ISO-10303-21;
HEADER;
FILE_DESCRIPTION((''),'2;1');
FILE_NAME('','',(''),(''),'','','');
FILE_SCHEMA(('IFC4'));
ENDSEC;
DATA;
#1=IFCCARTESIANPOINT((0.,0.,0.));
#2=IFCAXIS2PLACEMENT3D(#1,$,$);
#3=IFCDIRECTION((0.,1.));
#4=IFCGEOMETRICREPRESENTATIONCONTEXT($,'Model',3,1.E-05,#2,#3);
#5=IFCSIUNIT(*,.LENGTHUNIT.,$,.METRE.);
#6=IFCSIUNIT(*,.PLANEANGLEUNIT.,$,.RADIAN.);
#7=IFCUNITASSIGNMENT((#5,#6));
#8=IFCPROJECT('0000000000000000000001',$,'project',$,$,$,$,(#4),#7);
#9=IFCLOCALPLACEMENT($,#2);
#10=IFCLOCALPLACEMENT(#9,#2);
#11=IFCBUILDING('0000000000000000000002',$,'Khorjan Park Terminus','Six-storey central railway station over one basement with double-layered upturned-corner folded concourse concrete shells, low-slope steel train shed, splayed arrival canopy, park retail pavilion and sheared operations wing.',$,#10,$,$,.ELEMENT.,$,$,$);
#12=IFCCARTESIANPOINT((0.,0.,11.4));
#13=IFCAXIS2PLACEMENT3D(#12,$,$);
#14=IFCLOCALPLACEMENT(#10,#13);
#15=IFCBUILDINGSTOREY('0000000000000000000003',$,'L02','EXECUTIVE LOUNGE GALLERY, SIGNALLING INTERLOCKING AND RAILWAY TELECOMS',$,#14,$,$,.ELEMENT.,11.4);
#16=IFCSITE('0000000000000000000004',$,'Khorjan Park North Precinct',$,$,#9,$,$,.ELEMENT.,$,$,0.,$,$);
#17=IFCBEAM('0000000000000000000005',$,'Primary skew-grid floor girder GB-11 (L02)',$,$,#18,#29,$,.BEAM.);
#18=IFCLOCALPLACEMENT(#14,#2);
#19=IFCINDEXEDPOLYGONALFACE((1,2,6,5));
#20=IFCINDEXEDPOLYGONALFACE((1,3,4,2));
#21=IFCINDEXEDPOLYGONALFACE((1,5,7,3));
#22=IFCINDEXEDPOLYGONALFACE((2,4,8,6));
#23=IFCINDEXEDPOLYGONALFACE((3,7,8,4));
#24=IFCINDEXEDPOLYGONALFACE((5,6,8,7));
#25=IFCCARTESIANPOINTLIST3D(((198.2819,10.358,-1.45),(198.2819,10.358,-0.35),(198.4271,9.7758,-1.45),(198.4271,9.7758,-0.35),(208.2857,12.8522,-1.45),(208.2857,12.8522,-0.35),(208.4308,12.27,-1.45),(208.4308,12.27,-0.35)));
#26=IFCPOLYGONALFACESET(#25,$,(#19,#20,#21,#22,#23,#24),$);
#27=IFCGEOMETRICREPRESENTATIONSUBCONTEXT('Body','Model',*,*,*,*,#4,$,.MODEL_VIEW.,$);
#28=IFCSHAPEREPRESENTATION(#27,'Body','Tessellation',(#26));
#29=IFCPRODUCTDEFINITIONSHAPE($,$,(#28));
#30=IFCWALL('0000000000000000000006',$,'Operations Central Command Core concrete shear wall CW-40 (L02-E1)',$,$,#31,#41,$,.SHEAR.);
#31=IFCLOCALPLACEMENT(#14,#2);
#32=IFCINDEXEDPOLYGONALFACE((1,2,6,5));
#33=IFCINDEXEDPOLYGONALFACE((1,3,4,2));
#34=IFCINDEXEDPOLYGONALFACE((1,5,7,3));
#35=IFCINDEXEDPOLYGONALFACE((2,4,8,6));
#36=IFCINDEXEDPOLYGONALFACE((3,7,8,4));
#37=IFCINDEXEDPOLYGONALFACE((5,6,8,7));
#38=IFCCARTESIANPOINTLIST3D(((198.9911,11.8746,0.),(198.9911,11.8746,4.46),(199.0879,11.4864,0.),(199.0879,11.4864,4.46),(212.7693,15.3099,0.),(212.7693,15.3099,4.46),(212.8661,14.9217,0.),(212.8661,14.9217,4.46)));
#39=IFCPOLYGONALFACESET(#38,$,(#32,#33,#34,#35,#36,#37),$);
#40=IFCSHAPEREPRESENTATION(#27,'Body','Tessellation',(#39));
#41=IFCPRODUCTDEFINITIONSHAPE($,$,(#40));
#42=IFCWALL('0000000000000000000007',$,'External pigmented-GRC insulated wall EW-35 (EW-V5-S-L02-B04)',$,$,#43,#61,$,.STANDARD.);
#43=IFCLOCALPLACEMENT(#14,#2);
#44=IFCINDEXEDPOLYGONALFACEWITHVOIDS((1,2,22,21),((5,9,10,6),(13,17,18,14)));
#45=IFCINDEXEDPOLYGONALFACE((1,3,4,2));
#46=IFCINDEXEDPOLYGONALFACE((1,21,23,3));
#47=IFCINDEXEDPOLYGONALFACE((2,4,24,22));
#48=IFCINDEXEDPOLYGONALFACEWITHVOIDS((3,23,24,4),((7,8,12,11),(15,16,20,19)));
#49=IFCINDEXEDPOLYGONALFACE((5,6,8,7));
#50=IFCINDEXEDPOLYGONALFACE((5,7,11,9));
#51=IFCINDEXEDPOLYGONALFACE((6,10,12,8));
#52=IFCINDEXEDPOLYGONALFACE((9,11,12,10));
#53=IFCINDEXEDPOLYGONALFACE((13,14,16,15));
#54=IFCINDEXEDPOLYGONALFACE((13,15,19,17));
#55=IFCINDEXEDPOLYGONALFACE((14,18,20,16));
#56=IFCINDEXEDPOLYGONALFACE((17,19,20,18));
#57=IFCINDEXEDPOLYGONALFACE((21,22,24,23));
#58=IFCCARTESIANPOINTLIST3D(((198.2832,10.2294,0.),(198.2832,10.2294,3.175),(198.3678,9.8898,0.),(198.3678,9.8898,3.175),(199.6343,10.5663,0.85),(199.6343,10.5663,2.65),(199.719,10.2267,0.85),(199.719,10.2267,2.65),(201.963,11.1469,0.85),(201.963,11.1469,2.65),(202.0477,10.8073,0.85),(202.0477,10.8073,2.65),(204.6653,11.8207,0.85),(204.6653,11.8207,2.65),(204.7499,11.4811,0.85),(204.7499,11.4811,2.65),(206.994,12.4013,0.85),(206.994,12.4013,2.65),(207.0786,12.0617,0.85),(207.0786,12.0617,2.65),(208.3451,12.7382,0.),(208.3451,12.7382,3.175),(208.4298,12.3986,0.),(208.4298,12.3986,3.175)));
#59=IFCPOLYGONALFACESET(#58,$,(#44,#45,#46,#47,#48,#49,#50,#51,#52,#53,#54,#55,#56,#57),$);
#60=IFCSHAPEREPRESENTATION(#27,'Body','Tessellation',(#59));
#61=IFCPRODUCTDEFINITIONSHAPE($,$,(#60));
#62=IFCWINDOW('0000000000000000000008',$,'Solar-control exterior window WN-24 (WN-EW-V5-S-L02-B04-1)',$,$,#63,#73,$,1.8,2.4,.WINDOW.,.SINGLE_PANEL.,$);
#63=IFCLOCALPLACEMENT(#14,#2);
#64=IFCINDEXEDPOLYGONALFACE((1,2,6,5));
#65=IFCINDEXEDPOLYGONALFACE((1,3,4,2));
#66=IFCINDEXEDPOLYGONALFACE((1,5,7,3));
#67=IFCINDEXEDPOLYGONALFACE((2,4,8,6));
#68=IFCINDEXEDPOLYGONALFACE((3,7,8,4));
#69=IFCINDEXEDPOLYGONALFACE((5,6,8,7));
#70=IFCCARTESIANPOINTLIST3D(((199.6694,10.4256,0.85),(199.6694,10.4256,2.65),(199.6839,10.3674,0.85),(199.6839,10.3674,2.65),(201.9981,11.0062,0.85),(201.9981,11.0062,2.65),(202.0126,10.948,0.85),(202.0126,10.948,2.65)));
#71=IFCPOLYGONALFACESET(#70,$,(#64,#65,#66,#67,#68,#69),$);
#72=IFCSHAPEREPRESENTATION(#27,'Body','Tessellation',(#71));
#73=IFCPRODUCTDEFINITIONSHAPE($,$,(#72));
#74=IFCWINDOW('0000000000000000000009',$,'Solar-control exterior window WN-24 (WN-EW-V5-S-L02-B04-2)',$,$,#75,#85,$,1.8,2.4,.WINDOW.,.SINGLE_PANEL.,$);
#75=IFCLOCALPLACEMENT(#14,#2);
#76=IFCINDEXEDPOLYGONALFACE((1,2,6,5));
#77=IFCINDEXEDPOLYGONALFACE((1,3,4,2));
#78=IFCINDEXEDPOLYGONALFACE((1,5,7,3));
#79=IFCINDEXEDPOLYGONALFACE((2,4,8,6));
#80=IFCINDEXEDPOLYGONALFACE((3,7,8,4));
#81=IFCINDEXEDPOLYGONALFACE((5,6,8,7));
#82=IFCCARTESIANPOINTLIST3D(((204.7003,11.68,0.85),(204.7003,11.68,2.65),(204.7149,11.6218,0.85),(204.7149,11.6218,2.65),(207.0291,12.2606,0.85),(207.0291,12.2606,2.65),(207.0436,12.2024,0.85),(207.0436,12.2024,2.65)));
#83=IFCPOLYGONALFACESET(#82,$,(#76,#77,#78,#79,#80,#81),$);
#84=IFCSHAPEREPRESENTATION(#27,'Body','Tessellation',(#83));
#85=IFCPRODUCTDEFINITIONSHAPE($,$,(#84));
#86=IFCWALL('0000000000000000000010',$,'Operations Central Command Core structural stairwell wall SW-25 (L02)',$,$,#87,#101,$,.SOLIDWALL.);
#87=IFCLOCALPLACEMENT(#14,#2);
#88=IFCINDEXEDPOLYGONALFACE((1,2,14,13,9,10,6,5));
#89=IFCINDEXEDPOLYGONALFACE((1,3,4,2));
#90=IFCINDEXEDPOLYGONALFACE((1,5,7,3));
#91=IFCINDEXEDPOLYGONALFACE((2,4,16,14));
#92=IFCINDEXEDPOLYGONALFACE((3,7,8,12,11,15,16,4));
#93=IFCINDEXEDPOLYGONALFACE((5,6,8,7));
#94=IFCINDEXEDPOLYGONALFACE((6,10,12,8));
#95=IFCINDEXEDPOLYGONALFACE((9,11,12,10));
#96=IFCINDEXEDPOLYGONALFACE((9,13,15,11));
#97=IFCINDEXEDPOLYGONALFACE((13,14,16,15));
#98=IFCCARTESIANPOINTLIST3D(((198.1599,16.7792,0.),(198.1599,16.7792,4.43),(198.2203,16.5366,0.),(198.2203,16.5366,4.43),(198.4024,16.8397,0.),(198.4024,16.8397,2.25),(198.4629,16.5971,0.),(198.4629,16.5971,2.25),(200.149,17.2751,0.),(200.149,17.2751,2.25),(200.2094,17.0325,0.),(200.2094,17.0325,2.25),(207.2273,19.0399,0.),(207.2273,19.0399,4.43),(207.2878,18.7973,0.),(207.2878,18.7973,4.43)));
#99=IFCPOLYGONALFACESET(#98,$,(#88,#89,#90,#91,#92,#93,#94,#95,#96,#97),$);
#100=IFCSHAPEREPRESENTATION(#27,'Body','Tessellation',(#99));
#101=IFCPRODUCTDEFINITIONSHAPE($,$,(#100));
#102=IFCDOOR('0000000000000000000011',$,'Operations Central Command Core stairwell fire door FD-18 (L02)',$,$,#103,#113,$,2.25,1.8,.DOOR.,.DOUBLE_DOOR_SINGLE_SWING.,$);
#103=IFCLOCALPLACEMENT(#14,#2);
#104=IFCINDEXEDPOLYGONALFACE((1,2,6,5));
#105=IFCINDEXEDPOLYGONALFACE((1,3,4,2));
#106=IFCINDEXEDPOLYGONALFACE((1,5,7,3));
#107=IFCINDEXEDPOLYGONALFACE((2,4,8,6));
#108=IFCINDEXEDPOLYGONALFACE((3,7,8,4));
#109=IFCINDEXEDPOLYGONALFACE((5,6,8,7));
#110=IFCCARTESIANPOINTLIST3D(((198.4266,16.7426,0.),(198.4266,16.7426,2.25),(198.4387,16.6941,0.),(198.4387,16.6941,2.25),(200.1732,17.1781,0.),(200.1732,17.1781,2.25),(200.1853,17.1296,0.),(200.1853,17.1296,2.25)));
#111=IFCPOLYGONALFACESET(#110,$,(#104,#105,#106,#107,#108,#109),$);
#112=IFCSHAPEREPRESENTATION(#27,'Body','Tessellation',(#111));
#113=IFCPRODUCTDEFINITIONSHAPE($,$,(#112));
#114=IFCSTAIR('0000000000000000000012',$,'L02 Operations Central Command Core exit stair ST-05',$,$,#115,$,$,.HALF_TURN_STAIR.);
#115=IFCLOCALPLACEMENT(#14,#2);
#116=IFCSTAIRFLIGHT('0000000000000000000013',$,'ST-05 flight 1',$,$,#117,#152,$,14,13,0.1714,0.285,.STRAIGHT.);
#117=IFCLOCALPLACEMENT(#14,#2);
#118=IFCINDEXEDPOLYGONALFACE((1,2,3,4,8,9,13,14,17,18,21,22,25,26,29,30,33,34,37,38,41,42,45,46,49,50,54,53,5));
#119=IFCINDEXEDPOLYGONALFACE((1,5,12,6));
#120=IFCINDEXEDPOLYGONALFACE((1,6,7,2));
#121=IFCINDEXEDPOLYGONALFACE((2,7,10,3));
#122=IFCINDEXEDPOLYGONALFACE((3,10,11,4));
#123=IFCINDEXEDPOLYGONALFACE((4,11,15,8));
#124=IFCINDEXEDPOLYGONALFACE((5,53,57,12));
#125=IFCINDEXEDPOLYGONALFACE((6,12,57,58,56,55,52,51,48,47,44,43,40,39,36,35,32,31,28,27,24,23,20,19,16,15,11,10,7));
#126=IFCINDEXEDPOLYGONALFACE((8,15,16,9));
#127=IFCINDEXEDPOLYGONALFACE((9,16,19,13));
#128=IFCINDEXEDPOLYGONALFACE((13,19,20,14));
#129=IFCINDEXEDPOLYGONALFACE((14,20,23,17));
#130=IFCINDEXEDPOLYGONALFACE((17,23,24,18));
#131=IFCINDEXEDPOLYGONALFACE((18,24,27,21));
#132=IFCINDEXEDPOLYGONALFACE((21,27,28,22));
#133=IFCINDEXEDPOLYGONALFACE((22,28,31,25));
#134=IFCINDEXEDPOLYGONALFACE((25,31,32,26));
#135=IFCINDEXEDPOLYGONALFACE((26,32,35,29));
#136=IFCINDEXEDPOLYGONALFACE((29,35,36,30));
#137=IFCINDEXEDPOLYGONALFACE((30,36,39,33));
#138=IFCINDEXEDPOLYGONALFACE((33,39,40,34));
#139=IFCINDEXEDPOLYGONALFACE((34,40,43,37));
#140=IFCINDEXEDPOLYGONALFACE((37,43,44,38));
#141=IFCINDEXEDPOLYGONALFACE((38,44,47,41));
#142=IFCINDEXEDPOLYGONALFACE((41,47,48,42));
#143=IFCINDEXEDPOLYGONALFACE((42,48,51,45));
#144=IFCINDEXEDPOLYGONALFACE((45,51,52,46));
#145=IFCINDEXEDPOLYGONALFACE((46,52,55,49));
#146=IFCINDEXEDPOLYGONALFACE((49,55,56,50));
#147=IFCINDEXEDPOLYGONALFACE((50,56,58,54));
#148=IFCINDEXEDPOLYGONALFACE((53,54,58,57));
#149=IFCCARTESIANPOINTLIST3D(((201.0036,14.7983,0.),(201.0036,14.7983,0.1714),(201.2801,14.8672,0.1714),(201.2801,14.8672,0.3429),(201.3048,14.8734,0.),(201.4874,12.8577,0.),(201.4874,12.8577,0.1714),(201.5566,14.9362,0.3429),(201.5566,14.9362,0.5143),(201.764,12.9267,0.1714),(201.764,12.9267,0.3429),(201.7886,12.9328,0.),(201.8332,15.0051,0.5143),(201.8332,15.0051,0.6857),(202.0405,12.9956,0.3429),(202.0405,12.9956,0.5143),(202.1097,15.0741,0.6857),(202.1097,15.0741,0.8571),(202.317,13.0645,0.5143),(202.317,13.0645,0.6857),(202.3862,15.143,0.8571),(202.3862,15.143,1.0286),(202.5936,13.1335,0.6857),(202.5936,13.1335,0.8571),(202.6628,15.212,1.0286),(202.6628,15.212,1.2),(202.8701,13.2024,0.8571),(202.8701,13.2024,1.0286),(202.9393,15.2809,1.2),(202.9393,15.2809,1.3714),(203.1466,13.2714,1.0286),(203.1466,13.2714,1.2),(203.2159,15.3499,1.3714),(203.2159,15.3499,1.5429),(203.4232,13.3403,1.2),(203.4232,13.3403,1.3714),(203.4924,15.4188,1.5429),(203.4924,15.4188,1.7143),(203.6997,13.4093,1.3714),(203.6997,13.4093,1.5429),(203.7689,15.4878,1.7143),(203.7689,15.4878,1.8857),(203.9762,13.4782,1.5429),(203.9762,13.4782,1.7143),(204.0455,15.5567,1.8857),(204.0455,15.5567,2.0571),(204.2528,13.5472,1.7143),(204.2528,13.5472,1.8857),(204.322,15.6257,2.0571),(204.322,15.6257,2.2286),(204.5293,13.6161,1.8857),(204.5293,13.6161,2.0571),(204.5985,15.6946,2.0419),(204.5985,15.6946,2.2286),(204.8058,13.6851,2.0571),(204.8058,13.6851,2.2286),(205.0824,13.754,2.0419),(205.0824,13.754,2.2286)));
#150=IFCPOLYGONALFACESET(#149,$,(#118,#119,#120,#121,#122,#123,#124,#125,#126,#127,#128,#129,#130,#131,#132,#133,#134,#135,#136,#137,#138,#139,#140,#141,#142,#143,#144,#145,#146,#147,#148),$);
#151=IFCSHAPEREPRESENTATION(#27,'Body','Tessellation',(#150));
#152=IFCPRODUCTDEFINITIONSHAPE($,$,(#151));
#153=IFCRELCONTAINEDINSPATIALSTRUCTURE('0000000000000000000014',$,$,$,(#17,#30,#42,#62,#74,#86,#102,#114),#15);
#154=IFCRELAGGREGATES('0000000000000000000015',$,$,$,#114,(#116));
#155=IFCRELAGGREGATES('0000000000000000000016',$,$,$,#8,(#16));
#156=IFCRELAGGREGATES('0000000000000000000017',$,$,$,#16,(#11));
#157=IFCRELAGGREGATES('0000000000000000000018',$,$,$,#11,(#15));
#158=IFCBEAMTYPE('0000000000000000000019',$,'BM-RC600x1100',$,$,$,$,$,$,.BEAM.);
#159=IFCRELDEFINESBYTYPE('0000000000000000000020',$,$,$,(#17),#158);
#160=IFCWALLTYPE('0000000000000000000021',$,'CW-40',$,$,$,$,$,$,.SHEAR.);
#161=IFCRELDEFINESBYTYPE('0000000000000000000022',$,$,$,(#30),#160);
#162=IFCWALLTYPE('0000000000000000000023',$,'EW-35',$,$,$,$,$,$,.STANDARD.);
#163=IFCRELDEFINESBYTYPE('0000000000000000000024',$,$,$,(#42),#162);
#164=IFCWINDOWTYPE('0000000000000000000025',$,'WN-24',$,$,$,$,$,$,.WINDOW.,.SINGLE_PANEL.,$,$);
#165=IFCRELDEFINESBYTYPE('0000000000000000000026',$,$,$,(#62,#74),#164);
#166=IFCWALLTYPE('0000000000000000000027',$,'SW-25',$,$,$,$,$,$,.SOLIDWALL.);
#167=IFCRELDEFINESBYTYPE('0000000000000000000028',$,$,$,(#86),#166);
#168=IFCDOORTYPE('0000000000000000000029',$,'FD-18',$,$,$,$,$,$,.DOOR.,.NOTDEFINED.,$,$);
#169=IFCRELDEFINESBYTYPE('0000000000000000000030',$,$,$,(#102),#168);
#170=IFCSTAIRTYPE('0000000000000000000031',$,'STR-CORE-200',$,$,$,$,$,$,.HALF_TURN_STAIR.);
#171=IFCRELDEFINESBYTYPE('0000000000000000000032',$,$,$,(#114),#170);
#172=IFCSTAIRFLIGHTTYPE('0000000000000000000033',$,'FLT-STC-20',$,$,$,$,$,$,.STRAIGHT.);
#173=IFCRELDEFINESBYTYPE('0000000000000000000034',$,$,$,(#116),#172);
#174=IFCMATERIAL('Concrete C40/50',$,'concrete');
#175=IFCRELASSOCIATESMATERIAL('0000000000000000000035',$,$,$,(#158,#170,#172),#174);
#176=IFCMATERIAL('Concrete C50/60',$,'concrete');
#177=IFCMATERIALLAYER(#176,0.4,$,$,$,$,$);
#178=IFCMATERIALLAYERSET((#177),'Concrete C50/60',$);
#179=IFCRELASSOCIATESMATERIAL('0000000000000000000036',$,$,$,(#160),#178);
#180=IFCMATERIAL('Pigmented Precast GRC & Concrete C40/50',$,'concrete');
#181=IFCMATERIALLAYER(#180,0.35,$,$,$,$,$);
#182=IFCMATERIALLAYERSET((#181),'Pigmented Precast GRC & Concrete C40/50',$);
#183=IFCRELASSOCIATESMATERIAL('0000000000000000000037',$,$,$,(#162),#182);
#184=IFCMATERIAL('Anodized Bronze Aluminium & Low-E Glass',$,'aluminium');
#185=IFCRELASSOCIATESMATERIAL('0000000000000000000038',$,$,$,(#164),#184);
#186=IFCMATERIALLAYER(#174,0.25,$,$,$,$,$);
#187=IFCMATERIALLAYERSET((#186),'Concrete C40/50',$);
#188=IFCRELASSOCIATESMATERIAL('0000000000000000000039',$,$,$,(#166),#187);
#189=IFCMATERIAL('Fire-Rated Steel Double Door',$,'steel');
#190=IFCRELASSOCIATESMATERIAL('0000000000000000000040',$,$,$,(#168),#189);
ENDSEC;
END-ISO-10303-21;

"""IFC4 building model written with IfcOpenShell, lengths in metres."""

from ifc_helpers import new_model, si_unit, direction, frame, frame_2d, origin, origin_2d, place, context, subcontext, project, spatial, polyline, rectangle, outline, extrude, material, layer, layer_set, material_profile, profile_set, type_object, element, fill, aggregate, save


model = new_model("IFC4")

# Units and contexts
model_context = context("Model", 3, precision=1e-05, world=origin(), true_north=direction((0.0, 1.0)))
body_context = subcontext(model_context, "Body", "Model", "MODEL_VIEW")
ifc_project = project(units=[si_unit("LENGTHUNIT", "METRE"), si_unit("PLANEANGLEUNIT", "RADIAN")], contexts=[model_context])

# Site, building, storey
site_placement = place(None, origin())
site = spatial("IfcSite", under=ifc_project, at=site_placement, Name="Khorjan Park North Precinct", CompositionType="ELEMENT", RefElevation=0.0)
building_placement = place(site_placement, origin())
building = spatial("IfcBuilding", under=site, at=building_placement, Name="Khorjan Park Terminus", Description="Six-storey central railway station over one basement with double-layered upturned-corner folded concourse concrete shells, low-slope steel train shed, splayed arrival canopy, park retail pavilion and sheared operations wing.", CompositionType="ELEMENT")
storey_placement = place(building_placement, frame((0.0, 0.0, 11.4)))
storey = spatial("IfcBuildingStorey", under=building, at=storey_placement, Name="L02", Description="EXECUTIVE LOUNGE GALLERY, SIGNALLING INTERLOCKING AND RAILWAY TELECOMS", CompositionType="ELEMENT", Elevation=11.4)

# Beam
ifc_material_1 = material(Name="Concrete C40/50", Category="concrete")
ifc_material_profile = material_profile(ifc_material_1, rectangle(XDim=0.6, YDim=1.1, at=origin_2d()), Name="RC 600x1100")
ifc_profile_set = profile_set([ifc_material_profile], Name="Concrete C40/50")
beam_type = type_object("IfcBeamType", Name="BM-RC600x1100", PredefinedType="BEAM", material=ifc_profile_set)
beam_placement = place(storey_placement, frame((198.3545, 10.0669, -0.9), z_axis=(0.970296, 0.241919, 0.0), x_axis=(-0.241919, 0.970296, 0.0)))
element("IfcBeam", 1, at=beam_placement, inside=storey, type_object=beam_type, Name="Primary skew-grid floor girder GB-11 (L02)", PredefinedType="BEAM", context=body_context, shape_type="SweptSolid", body=[
    extrude(rectangle(XDim=0.6, YDim=1.1, at=origin_2d()), origin(), (0.0, 0.0, 1.0), 10.31),
])

# Wall
ifc_material_2 = material(Name="Concrete C50/60", Category="concrete")
ifc_layer_1 = layer(ifc_material_2, 0.4)
ifc_layer_set_1 = layer_set([ifc_layer_1], Name="Concrete C50/60")
wall_type_1 = type_object("IfcWallType", Name="CW-40", PredefinedType="SHEAR", material=ifc_layer_set_1)
wall_1_placement = place(storey_placement, frame((199.0395, 11.6805, 0.0), z_axis=(0.0, 0.0, 1.0), x_axis=(0.970296, 0.241922, 0.0)))
element("IfcWall", 2, at=wall_1_placement, inside=storey, type_object=wall_type_1, Name="Operations Central Command Core concrete shear wall CW-40 (L02-E1)", PredefinedType="SHEAR", context=body_context, shape_type="SweptSolid", body=[
    extrude(rectangle(XDim=14.2, YDim=0.4, at=frame_2d((7.1, 0.0))), origin(), (0.0, 0.0, 1.0), 4.46),
])

# Wall, openings, windows
ifc_material_3 = material(Name="Pigmented Precast GRC & Concrete C40/50", Category="concrete")
ifc_layer_2 = layer(ifc_material_3, 0.35)
ifc_layer_set_2 = layer_set([ifc_layer_2], Name="Pigmented Precast GRC & Concrete C40/50")
wall_type_2 = type_object("IfcWallType", Name="EW-35", PredefinedType="STANDARD", material=ifc_layer_set_2)
wall_2_placement = place(storey_placement, frame((198.3255, 10.0596, 0.0), z_axis=(0.0, 0.0, 1.0), x_axis=(0.970294, 0.24193, 0.0)))
wall_2 = element("IfcWall", 3, at=wall_2_placement, inside=storey, type_object=wall_type_2, Name="External pigmented-GRC insulated wall EW-35 (EW-V5-S-L02-B04)", PredefinedType="STANDARD", context=body_context, shape_type="SweptSolid", body=[
    extrude(rectangle(XDim=10.37, YDim=0.35, at=frame_2d((5.185, 0.0))), origin(), (0.0, 0.0, 1.0), 3.175),
])
opening_1_placement = place(wall_2_placement, frame((1.3925, 0.0, 0.85)))
opening_1 = element("IfcOpeningElement", 4, at=opening_1_placement, cuts=wall_2, PredefinedType="OPENING", context=body_context, shape_type="SweptSolid", body=[
    extrude(rectangle(XDim=2.4, YDim=1.8, at=frame_2d((1.2, 0.9))), frame((0.0, 0.185, 0.0), z_axis=(0.0, -1.0, 0.0), x_axis=(1.0, 0.0, 0.0)), (0.0, 0.0, 1.0), 0.37),
])
opening_2_placement = place(wall_2_placement, frame((6.5775, 0.0, 0.85)))
opening_2 = element("IfcOpeningElement", 5, at=opening_2_placement, cuts=wall_2, PredefinedType="OPENING", context=body_context, shape_type="SweptSolid", body=[
    extrude(rectangle(XDim=2.4, YDim=1.8, at=frame_2d((1.2, 0.9))), frame((0.0, 0.185, 0.0), z_axis=(0.0, -1.0, 0.0), x_axis=(1.0, 0.0, 0.0)), (0.0, 0.0, 1.0), 0.37),
])
ifc_material_4 = material(Name="Anodized Bronze Aluminium & Low-E Glass", Category="aluminium")
window_type = type_object("IfcWindowType", Name="WN-24", PartitioningType="SINGLE_PANEL", PredefinedType="WINDOW", material=ifc_material_4)
window_1_placement = place(opening_1_placement, origin())
window_1 = element("IfcWindow", 6, at=window_1_placement, inside=storey, type_object=window_type, Name="Solar-control exterior window WN-24 (WN-EW-V5-S-L02-B04-1)", OverallHeight=1.8, OverallWidth=2.4, PartitioningType="SINGLE_PANEL", PredefinedType="WINDOW", context=body_context, shape_type="SweptSolid", body=[
    extrude(rectangle(XDim=2.4, YDim=1.8, at=frame_2d((1.2, 0.9))), frame((0.0, 0.03, 0.0), z_axis=(0.0, -1.0, 0.0), x_axis=(1.0, 0.0, 0.0)), (0.0, 0.0, 1.0), 0.06),
])
fill(opening_1, window_1)
window_2_placement = place(opening_2_placement, origin())
window_2 = element("IfcWindow", 7, at=window_2_placement, inside=storey, type_object=window_type, Name="Solar-control exterior window WN-24 (WN-EW-V5-S-L02-B04-2)", OverallHeight=1.8, OverallWidth=2.4, PartitioningType="SINGLE_PANEL", PredefinedType="WINDOW", context=body_context, shape_type="SweptSolid", body=[
    extrude(rectangle(XDim=2.4, YDim=1.8, at=frame_2d((1.2, 0.9))), frame((0.0, 0.03, 0.0), z_axis=(0.0, -1.0, 0.0), x_axis=(1.0, 0.0, 0.0)), (0.0, 0.0, 1.0), 0.06),
])
fill(opening_2, window_2)

# Wall, opening, door
ifc_layer_3 = layer(ifc_material_1, 0.25)
ifc_layer_set_3 = layer_set([ifc_layer_3], Name="Concrete C40/50")
wall_type_3 = type_object("IfcWallType", Name="SW-25", PredefinedType="SOLIDWALL", material=ifc_layer_set_3)
wall_3_placement = place(storey_placement, frame((198.1901, 16.6579, 0.0), z_axis=(0.0, 0.0, 1.0), x_axis=(0.970297, 0.241916, 0.0)))
wall_3 = element("IfcWall", 8, at=wall_3_placement, inside=storey, type_object=wall_type_3, Name="Operations Central Command Core structural stairwell wall SW-25 (L02)", PredefinedType="SOLIDWALL", context=body_context, shape_type="SweptSolid", body=[
    extrude(rectangle(XDim=9.345, YDim=0.25, at=frame_2d((4.6725, 0.0))), origin(), (0.0, 0.0, 1.0), 4.43),
])
opening_3_placement = place(wall_3_placement, frame((0.25, 0.0, 0.0)))
opening_3 = element("IfcOpeningElement", 9, at=opening_3_placement, cuts=wall_3, PredefinedType="OPENING", context=body_context, shape_type="SweptSolid", body=[
    extrude(rectangle(XDim=1.8, YDim=2.25, at=frame_2d((0.9, 1.125))), frame((0.0, 0.135, 0.0), z_axis=(0.0, -1.0, 0.0), x_axis=(1.0, 0.0, 0.0)), (0.0, 0.0, 1.0), 0.27),
])
ifc_material_5 = material(Name="Fire-Rated Steel Double Door", Category="steel")
door_type = type_object("IfcDoorType", Name="FD-18", OperationType="NOTDEFINED", PredefinedType="DOOR", material=ifc_material_5)
door_placement = place(opening_3_placement, origin())
door = element("IfcDoor", 10, at=door_placement, inside=storey, type_object=door_type, Name="Operations Central Command Core stairwell fire door FD-18 (L02)", OperationType="DOUBLE_DOOR_SINGLE_SWING", OverallHeight=2.25, OverallWidth=1.8, PredefinedType="DOOR", context=body_context, shape_type="SweptSolid", body=[
    extrude(rectangle(XDim=1.8, YDim=2.25, at=frame_2d((0.9, 1.125))), frame((0.0, 0.025, 0.0), z_axis=(0.0, -1.0, 0.0), x_axis=(1.0, 0.0, 0.0)), (0.0, 0.0, 1.0), 0.05),
])
fill(opening_3, door)

# Stair, stair flight
stair_type = type_object("IfcStairType", Name="STR-CORE-200", PredefinedType="HALF_TURN_STAIR", material=ifc_material_1)
stair_placement = place(storey_placement, origin())
stair = element("IfcStair", 11, at=stair_placement, inside=storey, type_object=stair_type, Name="L02 Operations Central Command Core exit stair ST-05", PredefinedType="HALF_TURN_STAIR")
stair_flight_type = type_object("IfcStairFlightType", Name="FLT-STC-20", PredefinedType="STRAIGHT", material=ifc_material_1)
stair_flight_1_placement = place(storey_placement, frame((201.2455, 13.828, 0.0), z_axis=(0.0, 0.0, 1.0), x_axis=(0.970296, 0.241922, 0.0)))
stair_flight_1 = element("IfcStairFlight", 12, at=stair_flight_1_placement, type_object=stair_flight_type, Name="ST-05 flight 1", NumberOfRisers=14, NumberOfTreads=13, PredefinedType="STRAIGHT", RiserHeight=0.1714, TreadLength=0.285, context=body_context, shape_type="SweptSolid", body=[
    extrude(outline(polyline([(0.0, 0.0), (0.0, 0.1714), (0.285, 0.1714), (0.285, 0.3429), (0.57, 0.3429), (0.57, 0.5143), (0.855, 0.5143), (0.855, 0.6857), (1.14, 0.6857), (1.14, 0.8571), (1.425, 0.8571), (1.425, 1.0286), (1.71, 1.0286), (1.71, 1.2), (1.995, 1.2), (1.995, 1.3714), (2.28, 1.3714), (2.28, 1.5429), (2.565, 1.5429), (2.565, 1.7143), (2.85, 1.7143), (2.85, 1.8857), (3.135, 1.8857), (3.135, 2.0571), (3.42, 2.0571), (3.42, 2.2286), (3.705, 2.2286), (3.705, 2.4), (3.705, 2.0419), (0.3104, 0.0), (0.0, 0.0)])), frame((0.0, 1.0, 0.0), z_axis=(0.0, -1.0, 0.0), x_axis=(1.0, 0.0, 0.0)), (0.0, 0.0, 1.0), 2.0),
])
aggregate(stair, [stair_flight_1])

save(model, "model.ifc")
